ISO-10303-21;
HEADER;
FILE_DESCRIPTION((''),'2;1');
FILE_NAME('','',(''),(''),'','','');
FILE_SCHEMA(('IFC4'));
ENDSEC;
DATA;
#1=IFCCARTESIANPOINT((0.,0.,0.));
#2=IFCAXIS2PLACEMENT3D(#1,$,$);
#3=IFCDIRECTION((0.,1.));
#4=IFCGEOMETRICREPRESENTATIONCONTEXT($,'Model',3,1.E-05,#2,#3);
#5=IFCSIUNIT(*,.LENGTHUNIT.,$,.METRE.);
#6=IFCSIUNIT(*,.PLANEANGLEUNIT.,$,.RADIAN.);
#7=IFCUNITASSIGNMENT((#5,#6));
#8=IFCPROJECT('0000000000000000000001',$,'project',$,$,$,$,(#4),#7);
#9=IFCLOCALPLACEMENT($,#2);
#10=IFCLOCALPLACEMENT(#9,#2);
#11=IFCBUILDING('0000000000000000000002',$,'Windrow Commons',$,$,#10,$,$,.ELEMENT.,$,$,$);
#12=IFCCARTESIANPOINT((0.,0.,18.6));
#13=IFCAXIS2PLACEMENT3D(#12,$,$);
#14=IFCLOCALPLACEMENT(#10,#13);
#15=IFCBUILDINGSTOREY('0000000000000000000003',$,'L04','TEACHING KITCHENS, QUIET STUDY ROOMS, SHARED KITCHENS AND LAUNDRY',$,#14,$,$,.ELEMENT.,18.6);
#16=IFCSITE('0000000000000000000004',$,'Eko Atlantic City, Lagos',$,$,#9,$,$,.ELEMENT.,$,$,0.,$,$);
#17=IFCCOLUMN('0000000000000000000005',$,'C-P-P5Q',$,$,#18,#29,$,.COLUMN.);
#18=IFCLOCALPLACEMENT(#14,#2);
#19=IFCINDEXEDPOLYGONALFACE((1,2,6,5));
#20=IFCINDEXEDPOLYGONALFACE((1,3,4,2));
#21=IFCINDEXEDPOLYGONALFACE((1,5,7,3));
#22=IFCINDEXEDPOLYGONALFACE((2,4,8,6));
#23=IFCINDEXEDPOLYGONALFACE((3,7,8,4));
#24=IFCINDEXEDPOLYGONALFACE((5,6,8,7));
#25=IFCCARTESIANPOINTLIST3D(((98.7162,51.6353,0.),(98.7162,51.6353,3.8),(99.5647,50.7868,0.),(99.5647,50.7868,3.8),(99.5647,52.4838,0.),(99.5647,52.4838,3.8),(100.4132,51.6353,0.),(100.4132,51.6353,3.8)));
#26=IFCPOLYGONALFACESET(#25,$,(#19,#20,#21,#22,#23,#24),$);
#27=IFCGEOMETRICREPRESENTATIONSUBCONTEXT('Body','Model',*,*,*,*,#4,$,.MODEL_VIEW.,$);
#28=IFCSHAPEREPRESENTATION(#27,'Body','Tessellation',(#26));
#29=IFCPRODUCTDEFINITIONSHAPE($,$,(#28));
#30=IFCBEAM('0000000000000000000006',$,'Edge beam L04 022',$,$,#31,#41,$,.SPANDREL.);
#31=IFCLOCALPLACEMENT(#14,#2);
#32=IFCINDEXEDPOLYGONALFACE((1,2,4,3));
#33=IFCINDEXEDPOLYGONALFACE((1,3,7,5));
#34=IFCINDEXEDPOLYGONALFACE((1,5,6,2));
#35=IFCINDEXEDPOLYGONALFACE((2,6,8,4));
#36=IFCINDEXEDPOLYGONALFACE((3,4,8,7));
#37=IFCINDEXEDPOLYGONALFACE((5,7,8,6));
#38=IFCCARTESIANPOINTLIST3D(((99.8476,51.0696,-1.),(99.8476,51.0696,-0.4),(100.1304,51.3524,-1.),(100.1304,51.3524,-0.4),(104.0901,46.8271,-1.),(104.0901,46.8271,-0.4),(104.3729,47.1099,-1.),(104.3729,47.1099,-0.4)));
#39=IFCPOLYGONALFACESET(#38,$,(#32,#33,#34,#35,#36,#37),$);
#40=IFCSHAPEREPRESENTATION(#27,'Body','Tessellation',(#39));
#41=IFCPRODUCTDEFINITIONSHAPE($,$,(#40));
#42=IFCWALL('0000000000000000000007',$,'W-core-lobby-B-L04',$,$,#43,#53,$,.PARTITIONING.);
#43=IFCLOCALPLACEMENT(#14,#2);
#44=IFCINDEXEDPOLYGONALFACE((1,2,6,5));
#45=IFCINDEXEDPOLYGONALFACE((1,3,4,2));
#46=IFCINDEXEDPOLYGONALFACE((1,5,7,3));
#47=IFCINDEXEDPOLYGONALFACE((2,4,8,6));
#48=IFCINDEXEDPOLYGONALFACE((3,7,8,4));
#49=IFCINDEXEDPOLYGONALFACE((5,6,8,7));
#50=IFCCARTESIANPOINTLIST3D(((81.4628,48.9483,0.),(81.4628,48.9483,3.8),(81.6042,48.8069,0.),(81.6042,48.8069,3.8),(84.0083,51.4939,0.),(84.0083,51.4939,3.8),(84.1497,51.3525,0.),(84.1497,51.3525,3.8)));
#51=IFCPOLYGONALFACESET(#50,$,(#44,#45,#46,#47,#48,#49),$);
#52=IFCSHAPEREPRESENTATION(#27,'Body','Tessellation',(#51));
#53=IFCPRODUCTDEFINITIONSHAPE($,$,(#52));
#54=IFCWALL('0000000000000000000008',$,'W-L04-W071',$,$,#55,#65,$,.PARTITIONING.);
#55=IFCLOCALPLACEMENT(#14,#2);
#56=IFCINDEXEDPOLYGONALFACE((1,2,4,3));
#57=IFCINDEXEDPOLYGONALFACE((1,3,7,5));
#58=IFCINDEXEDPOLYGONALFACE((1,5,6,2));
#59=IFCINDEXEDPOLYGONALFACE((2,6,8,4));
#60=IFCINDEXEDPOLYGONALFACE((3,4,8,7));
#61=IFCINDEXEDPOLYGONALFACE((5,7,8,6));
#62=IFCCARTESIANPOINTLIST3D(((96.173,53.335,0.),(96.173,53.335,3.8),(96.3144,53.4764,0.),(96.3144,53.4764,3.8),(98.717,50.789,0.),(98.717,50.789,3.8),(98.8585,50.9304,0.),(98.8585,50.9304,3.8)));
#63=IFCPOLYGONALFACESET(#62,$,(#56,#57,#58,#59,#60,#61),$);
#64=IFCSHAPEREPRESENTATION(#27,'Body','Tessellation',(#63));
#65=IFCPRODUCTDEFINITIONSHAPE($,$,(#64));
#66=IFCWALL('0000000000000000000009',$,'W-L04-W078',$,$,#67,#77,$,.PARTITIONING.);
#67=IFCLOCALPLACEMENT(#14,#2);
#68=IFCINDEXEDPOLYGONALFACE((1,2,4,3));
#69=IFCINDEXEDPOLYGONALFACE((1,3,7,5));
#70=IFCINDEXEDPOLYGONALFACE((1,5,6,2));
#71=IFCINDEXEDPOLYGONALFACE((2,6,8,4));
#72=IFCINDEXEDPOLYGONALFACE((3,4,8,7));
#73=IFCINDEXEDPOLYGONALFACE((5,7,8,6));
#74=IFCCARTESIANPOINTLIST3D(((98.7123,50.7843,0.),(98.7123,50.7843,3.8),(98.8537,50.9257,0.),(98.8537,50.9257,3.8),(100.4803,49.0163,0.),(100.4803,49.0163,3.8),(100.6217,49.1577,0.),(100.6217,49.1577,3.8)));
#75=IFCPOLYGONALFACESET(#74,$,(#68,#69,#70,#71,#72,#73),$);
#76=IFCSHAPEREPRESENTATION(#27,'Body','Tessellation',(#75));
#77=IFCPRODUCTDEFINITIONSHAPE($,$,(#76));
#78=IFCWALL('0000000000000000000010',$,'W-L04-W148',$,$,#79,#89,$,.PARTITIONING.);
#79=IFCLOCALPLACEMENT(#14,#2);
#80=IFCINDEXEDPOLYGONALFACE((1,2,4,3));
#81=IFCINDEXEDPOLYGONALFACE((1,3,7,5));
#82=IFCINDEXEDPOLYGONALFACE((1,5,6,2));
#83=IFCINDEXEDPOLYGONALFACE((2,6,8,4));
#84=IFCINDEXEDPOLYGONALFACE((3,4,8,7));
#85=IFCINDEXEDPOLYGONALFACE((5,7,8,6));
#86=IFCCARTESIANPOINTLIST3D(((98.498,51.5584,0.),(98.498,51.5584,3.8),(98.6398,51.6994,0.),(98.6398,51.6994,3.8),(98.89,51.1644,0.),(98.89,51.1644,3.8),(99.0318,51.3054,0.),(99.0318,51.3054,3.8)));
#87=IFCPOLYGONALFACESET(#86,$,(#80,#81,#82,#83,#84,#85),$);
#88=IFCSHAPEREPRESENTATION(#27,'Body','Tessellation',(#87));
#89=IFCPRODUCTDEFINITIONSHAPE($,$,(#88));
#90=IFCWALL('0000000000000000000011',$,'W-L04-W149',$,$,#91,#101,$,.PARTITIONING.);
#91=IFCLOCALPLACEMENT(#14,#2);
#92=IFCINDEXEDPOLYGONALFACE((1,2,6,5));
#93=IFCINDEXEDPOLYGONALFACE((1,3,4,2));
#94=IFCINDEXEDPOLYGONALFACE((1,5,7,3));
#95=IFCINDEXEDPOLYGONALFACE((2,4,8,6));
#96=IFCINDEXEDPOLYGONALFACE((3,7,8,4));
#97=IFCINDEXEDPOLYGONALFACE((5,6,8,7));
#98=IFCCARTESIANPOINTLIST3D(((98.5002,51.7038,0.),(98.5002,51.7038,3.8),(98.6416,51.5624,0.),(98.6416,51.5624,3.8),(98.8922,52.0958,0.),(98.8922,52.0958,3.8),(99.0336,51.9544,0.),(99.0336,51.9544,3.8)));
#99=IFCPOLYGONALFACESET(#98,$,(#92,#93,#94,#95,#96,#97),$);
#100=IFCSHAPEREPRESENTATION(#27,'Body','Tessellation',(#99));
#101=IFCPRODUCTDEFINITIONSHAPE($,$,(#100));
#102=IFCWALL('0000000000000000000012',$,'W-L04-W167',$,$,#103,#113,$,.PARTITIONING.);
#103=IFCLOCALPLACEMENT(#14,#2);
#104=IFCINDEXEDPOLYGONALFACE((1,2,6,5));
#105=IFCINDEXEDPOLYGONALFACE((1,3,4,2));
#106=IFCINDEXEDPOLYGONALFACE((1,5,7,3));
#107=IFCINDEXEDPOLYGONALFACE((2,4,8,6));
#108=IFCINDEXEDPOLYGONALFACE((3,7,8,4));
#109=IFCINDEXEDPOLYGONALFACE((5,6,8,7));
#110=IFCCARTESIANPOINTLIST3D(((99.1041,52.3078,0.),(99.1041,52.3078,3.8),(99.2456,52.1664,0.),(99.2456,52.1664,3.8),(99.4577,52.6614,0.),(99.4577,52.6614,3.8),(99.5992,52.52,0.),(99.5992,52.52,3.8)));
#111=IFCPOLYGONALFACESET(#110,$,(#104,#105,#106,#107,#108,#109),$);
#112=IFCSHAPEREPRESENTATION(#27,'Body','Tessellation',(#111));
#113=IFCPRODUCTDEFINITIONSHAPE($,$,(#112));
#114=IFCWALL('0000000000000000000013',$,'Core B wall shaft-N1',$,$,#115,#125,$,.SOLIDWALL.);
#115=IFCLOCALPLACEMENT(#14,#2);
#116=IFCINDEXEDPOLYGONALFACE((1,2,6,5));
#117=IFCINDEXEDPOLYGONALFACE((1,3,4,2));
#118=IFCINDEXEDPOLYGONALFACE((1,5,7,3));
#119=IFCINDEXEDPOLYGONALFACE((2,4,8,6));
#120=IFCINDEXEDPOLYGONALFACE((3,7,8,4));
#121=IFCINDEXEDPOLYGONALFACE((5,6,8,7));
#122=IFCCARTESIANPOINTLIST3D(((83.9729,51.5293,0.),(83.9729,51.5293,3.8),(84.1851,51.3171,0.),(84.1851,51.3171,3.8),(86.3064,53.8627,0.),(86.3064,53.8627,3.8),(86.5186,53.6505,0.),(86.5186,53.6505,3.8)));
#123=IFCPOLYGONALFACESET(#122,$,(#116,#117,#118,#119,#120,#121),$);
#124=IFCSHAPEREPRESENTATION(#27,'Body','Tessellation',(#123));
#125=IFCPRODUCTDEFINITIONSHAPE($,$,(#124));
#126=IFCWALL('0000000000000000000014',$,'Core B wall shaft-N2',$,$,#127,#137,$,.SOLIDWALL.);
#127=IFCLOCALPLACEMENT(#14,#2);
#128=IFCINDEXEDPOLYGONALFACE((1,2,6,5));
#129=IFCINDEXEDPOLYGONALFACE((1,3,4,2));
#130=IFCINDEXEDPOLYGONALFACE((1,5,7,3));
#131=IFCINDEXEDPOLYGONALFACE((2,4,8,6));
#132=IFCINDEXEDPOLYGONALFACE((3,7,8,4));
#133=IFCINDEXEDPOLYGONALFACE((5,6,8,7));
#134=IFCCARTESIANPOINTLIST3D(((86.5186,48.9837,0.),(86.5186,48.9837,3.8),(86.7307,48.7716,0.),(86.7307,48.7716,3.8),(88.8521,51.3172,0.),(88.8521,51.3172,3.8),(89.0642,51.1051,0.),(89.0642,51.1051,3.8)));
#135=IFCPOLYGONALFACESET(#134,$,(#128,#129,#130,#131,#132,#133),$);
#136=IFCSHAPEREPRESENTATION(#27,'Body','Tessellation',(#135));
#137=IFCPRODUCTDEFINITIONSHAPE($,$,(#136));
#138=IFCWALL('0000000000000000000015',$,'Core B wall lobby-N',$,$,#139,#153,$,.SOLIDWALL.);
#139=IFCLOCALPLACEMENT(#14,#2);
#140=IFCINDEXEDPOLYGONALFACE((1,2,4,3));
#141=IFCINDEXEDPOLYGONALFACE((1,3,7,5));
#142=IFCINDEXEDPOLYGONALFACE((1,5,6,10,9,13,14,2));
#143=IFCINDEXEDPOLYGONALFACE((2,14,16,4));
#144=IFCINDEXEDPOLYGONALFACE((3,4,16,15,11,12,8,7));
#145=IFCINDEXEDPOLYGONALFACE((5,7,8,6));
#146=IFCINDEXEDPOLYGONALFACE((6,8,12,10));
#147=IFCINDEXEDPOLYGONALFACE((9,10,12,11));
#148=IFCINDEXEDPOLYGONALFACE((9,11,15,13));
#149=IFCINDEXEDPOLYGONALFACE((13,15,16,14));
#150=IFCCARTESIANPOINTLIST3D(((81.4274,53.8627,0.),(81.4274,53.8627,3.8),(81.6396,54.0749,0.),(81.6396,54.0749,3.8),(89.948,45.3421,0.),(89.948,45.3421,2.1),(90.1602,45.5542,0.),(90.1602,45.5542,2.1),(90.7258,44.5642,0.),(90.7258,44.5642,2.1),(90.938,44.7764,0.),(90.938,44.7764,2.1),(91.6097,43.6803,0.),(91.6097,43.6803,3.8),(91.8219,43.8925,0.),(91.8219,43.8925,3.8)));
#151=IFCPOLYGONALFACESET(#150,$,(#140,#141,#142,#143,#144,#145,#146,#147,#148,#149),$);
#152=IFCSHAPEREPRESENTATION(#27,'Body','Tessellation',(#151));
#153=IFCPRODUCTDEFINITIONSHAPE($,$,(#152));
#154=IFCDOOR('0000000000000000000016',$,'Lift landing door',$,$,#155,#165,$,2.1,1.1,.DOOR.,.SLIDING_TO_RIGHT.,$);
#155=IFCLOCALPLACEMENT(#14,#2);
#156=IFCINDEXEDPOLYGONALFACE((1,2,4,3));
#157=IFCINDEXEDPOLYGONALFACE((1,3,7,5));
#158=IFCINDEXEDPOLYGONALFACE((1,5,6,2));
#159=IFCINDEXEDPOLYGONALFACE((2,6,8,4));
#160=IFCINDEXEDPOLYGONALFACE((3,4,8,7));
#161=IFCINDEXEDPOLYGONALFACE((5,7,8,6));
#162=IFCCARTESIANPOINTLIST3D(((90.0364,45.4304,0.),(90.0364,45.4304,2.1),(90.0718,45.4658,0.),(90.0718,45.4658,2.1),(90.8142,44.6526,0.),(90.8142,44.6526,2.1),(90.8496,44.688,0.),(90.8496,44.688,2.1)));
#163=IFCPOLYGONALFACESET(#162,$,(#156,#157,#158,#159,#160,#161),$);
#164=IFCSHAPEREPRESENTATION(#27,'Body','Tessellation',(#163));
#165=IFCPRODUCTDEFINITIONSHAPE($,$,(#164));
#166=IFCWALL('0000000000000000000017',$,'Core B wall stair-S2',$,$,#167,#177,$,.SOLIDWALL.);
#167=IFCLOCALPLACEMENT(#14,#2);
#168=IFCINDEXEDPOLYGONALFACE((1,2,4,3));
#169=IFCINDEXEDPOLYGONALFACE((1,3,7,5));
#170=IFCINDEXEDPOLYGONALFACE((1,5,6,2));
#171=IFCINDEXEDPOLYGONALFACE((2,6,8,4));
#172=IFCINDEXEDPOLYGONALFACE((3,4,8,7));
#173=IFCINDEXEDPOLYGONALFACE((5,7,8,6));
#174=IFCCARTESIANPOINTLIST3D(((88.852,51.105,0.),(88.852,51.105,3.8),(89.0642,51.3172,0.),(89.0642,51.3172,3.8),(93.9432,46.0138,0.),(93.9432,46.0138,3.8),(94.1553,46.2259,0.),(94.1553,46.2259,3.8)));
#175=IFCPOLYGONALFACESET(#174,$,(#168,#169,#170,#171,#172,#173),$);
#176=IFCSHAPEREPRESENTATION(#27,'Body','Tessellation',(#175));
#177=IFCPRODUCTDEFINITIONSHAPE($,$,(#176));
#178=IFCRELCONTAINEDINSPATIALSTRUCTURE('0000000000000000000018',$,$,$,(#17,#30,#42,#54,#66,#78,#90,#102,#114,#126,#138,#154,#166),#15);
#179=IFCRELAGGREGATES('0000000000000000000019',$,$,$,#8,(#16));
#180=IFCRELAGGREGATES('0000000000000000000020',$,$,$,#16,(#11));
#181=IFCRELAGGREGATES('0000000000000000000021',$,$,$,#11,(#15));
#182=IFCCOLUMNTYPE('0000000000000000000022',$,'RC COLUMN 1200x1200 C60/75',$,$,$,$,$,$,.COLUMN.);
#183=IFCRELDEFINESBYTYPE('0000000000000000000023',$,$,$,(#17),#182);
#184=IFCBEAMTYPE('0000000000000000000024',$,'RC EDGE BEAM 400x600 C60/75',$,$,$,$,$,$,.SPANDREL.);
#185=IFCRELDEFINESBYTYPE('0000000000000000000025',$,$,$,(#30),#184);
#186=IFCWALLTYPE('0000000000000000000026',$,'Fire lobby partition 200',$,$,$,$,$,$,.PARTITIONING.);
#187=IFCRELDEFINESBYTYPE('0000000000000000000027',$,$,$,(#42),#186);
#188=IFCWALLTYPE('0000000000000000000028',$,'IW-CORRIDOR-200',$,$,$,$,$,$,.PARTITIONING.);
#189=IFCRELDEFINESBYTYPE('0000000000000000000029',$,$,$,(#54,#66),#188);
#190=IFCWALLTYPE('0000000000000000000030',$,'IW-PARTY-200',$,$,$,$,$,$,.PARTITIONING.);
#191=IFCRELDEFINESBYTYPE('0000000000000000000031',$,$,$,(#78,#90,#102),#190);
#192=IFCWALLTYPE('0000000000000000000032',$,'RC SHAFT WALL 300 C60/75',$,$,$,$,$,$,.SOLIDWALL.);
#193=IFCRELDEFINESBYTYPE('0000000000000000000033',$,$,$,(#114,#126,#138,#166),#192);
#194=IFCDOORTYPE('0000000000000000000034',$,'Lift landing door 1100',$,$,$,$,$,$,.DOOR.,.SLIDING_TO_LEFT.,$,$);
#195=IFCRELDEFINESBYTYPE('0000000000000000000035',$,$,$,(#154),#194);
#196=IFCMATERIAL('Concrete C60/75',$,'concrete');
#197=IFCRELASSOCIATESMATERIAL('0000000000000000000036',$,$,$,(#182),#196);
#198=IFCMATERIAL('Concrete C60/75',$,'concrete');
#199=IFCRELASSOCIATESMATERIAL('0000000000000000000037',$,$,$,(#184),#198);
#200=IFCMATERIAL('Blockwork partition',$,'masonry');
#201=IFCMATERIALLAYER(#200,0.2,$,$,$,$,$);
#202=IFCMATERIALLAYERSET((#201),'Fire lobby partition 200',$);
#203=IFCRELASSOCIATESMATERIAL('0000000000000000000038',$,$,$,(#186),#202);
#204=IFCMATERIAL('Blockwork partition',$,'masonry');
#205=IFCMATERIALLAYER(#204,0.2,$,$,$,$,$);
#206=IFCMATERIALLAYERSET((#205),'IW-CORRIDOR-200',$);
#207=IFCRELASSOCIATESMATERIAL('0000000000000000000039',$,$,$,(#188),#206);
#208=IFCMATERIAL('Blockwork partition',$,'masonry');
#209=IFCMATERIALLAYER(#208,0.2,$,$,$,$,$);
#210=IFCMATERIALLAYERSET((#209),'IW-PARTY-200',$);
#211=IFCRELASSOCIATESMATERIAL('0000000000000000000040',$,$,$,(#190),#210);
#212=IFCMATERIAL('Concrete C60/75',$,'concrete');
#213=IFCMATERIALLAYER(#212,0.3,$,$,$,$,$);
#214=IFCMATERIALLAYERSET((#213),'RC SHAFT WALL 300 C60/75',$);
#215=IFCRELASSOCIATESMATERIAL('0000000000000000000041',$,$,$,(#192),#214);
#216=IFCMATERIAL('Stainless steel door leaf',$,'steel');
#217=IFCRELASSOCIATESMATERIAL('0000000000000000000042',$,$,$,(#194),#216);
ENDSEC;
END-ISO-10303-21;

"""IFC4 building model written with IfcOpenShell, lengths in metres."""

from ifc_helpers import new_model, si_unit, direction, frame, frame_2d, origin, origin_2d, place, context, subcontext, project, spatial, rectangle, extrude, material, layer, layer_set, material_profile, profile_set, type_object, element, fill, save


model = new_model("IFC4")

# Units and contexts
model_context = context("Model", 3, precision=1e-05, world=origin(), true_north=direction((0.0, 1.0)))
body_context = subcontext(model_context, "Body", "Model", "MODEL_VIEW")
ifc_project = project(units=[si_unit("LENGTHUNIT", "METRE"), si_unit("PLANEANGLEUNIT", "RADIAN")], contexts=[model_context])

# Site, building, storey
site_placement = place(None, origin())
site = spatial("IfcSite", under=ifc_project, at=site_placement, Name="Eko Atlantic City, Lagos", CompositionType="ELEMENT", RefElevation=0.0)
building_placement = place(site_placement, origin())
building = spatial("IfcBuilding", under=site, at=building_placement, Name="Windrow Commons", CompositionType="ELEMENT")
storey_placement = place(building_placement, frame((0.0, 0.0, 18.6)))
storey = spatial("IfcBuildingStorey", under=building, at=storey_placement, Name="L04", Description="TEACHING KITCHENS, QUIET STUDY ROOMS, SHARED KITCHENS AND LAUNDRY", CompositionType="ELEMENT", Elevation=18.6)

# Column
ifc_material_1 = material(Name="Concrete C60/75", Category="concrete")
ifc_material_profile_1 = material_profile(ifc_material_1, rectangle(XDim=1.2, YDim=1.2, at=origin_2d()))
ifc_profile_set_1 = profile_set([ifc_material_profile_1], Name="Concrete C60/75")
column_type = type_object("IfcColumnType", Name="RC COLUMN 1200x1200 C60/75", PredefinedType="COLUMN", material=ifc_profile_set_1)
column_placement = place(storey_placement, frame((99.5647, 51.6353, 0.0), z_axis=(0.0, 0.0, 1.0), x_axis=(0.707107, -0.707107, 0.0)))
element("IfcColumn", 1, at=column_placement, inside=storey, type_object=column_type, Name="C-P-P5Q", PredefinedType="COLUMN", context=body_context, shape_type="SweptSolid", body=[
    extrude(rectangle(XDim=1.2, YDim=1.2, at=origin_2d()), origin(), (0.0, 0.0, 1.0), 3.8),
])

# Beam
ifc_material_2 = material(Name="Concrete C60/75", Category="concrete")
ifc_material_profile_2 = material_profile(ifc_material_2, rectangle(XDim=0.4, YDim=0.6, at=origin_2d()))
ifc_profile_set_2 = profile_set([ifc_material_profile_2], Name="Concrete C60/75")
beam_type = type_object("IfcBeamType", Name="RC EDGE BEAM 400x600 C60/75", PredefinedType="SPANDREL", material=ifc_profile_set_2)
beam_placement = place(storey_placement, frame((99.989, 51.211, -0.7), z_axis=(0.707107, -0.707107, 0.0), x_axis=(0.707107, 0.707107, 0.0)))
element("IfcBeam", 2, at=beam_placement, inside=storey, type_object=beam_type, Name="Edge beam L04 022", PredefinedType="SPANDREL", context=body_context, shape_type="SweptSolid", body=[
    extrude(rectangle(XDim=0.4, YDim=0.6, at=origin_2d()), origin(), (0.0, 0.0, 1.0), 5.9998),
])

# Walls
ifc_material_3 = material(Name="Blockwork partition", Category="masonry")
ifc_layer_1 = layer(ifc_material_3, 0.2)
ifc_layer_set_1 = layer_set([ifc_layer_1], Name="Fire lobby partition 200")
wall_type_1 = type_object("IfcWallType", Name="Fire lobby partition 200", PredefinedType="PARTITIONING", material=ifc_layer_set_1)
wall_1_placement = place(storey_placement, frame((81.5335, 48.8776, 0.0), z_axis=(0.0, 0.0, 1.0), x_axis=(0.707093, 0.707121, 0.0)))
element("IfcWall", 3, at=wall_1_placement, inside=storey, type_object=wall_type_1, Name="W-core-lobby-B-L04", PredefinedType="PARTITIONING", context=body_context, shape_type="SweptSolid", body=[
    extrude(rectangle(XDim=3.6, YDim=0.2, at=frame_2d((1.8, 0.0))), origin(), (0.0, 0.0, 1.0), 3.8),
])
ifc_material_4 = material(Name="Blockwork partition", Category="masonry")
ifc_layer_2 = layer(ifc_material_4, 0.2)
ifc_layer_set_2 = layer_set([ifc_layer_2], Name="IW-CORRIDOR-200")
wall_type_2 = type_object("IfcWallType", Name="IW-CORRIDOR-200", PredefinedType="PARTITIONING", material=ifc_layer_set_2)
wall_2_placement = place(storey_placement, frame((96.2437, 53.4057, 0.0), z_axis=(0.0, 0.0, 1.0), x_axis=(0.706829, -0.707385, 0.0)))
element("IfcWall", 4, at=wall_2_placement, inside=storey, type_object=wall_type_2, Name="W-L04-W071", PredefinedType="PARTITIONING", context=body_context, shape_type="SweptSolid", body=[
    extrude(rectangle(XDim=3.5992, YDim=0.2, at=frame_2d((1.7996, 0.0))), origin(), (0.0, 0.0, 1.0), 3.8),
])
wall_3_placement = place(storey_placement, frame((98.783, 50.855, 0.0), z_axis=(0.0, 0.0, 1.0), x_axis=(0.707107, -0.707107, 0.0)))
element("IfcWall", 5, at=wall_3_placement, inside=storey, type_object=wall_type_2, Name="W-L04-W078", PredefinedType="PARTITIONING", context=body_context, shape_type="SweptSolid", body=[
    extrude(rectangle(XDim=2.5003, YDim=0.2, at=frame_2d((1.2502, 0.0))), origin(), (0.0, 0.0, 1.0), 3.8),
])
ifc_material_5 = material(Name="Blockwork partition", Category="masonry")
ifc_layer_3 = layer(ifc_material_5, 0.2)
ifc_layer_set_3 = layer_set([ifc_layer_3], Name="IW-PARTY-200")
wall_type_3 = type_object("IfcWallType", Name="IW-PARTY-200", PredefinedType="PARTITIONING", material=ifc_layer_set_3)
wall_4_placement = place(storey_placement, frame((98.5689, 51.6289, 0.0), z_axis=(0.0, 0.0, 1.0), x_axis=(0.705305, -0.708904, 0.0)))
element("IfcWall", 6, at=wall_4_placement, inside=storey, type_object=wall_type_3, Name="W-L04-W148", PredefinedType="PARTITIONING", context=body_context, shape_type="SweptSolid", body=[
    extrude(rectangle(XDim=0.5558, YDim=0.2, at=frame_2d((0.2779, 0.0))), origin(), (0.0, 0.0, 1.0), 3.8),
])
wall_5_placement = place(storey_placement, frame((98.5709, 51.6331, 0.0), z_axis=(0.0, 0.0, 1.0), x_axis=(0.707107, 0.707107, 0.0)))
element("IfcWall", 7, at=wall_5_placement, inside=storey, type_object=wall_type_3, Name="W-L04-W149", PredefinedType="PARTITIONING", context=body_context, shape_type="SweptSolid", body=[
    extrude(rectangle(XDim=0.5544, YDim=0.2, at=frame_2d((0.2772, 0.0))), origin(), (0.0, 0.0, 1.0), 3.8),
])
wall_6_placement = place(storey_placement, frame((99.1749, 52.2371, 0.0), z_axis=(0.0, 0.0, 1.0), x_axis=(0.707007, 0.707207, 0.0)))
element("IfcWall", 8, at=wall_6_placement, inside=storey, type_object=wall_type_3, Name="W-L04-W167", PredefinedType="PARTITIONING", context=body_context, shape_type="SweptSolid", body=[
    extrude(rectangle(XDim=0.5001, YDim=0.2, at=frame_2d((0.25, 0.0))), origin(), (0.0, 0.0, 1.0), 3.8),
])
ifc_material_6 = material(Name="Concrete C60/75", Category="concrete")
ifc_layer_4 = layer(ifc_material_6, 0.3)
ifc_layer_set_4 = layer_set([ifc_layer_4], Name="RC SHAFT WALL 300 C60/75")
wall_type_4 = type_object("IfcWallType", Name="RC SHAFT WALL 300 C60/75", PredefinedType="SOLIDWALL", material=ifc_layer_set_4)
wall_7_placement = place(storey_placement, frame((84.079, 51.4232, 0.0), z_axis=(0.0, 0.0, 1.0), x_axis=(0.707122, 0.707092, 0.0)))
element("IfcWall", 9, at=wall_7_placement, inside=storey, type_object=wall_type_4, Name="Core B wall shaft-N1", PredefinedType="SOLIDWALL", context=body_context, shape_type="SweptSolid", body=[
    extrude(rectangle(XDim=3.3, YDim=0.3, at=frame_2d((1.65, 0.0))), origin(), (0.0, 0.0, 1.0), 3.8),
])
wall_8_placement = place(storey_placement, frame((86.6246, 48.8776, 0.0), z_axis=(0.0, 0.0, 1.0), x_axis=(0.707107, 0.707107, 0.0)))
element("IfcWall", 10, at=wall_8_placement, inside=storey, type_object=wall_type_4, Name="Core B wall shaft-N2", PredefinedType="SOLIDWALL", context=body_context, shape_type="SweptSolid", body=[
    extrude(rectangle(XDim=3.3001, YDim=0.3, at=frame_2d((1.6501, 0.0))), origin(), (0.0, 0.0, 1.0), 3.8),
])

# Wall, opening, door
wall_9_placement = place(storey_placement, frame((81.5335, 53.9688, 0.0), z_axis=(0.0, 0.0, 1.0), x_axis=(0.707103, -0.70711, 0.0)))
wall_9 = element("IfcWall", 11, at=wall_9_placement, inside=storey, type_object=wall_type_4, Name="Core B wall lobby-N", PredefinedType="SOLIDWALL", context=body_context, shape_type="SweptSolid", body=[
    extrude(rectangle(XDim=14.4, YDim=0.3, at=frame_2d((7.2, 0.0))), origin(), (0.0, 0.0, 1.0), 3.8),
])
opening_placement = place(wall_9_placement, frame((12.05, 0.0, 0.0)))
opening = element("IfcOpeningElement", 12, at=opening_placement, cuts=wall_9, PredefinedType="OPENING", context=body_context, shape_type="SweptSolid", body=[
    extrude(rectangle(XDim=1.1, YDim=2.1, at=frame_2d((0.55, 1.05))), frame((0.0, 0.16, 0.0), z_axis=(0.0, -1.0, 0.0), x_axis=(1.0, 0.0, 0.0)), (0.0, 0.0, 1.0), 0.32),
])
ifc_material_7 = material(Name="Stainless steel door leaf", Category="steel")
door_type = type_object("IfcDoorType", Name="Lift landing door 1100", OperationType="SLIDING_TO_LEFT", PredefinedType="DOOR", material=ifc_material_7)
door_placement = place(opening_placement, origin())
door = element("IfcDoor", 13, at=door_placement, inside=storey, type_object=door_type, Name="Lift landing door", OperationType="SLIDING_TO_RIGHT", OverallHeight=2.1, OverallWidth=1.1, PredefinedType="DOOR", context=body_context, shape_type="SweptSolid", body=[
    extrude(rectangle(XDim=1.1, YDim=2.1, at=frame_2d((0.55, 1.05))), frame((0.0, 0.025, 0.0), z_axis=(0.0, -1.0, 0.0), x_axis=(1.0, 0.0, 0.0)), (0.0, 0.0, 1.0), 0.05),
])
fill(opening, door)

# Wall
wall_10_placement = place(storey_placement, frame((88.9581, 51.2111, 0.0), z_axis=(0.0, 0.0, 1.0), x_axis=(0.7071, -0.707114, 0.0)))
element("IfcWall", 14, at=wall_10_placement, inside=storey, type_object=wall_type_4, Name="Core B wall stair-S2", PredefinedType="SOLIDWALL", context=body_context, shape_type="SweptSolid", body=[
    extrude(rectangle(XDim=7.2, YDim=0.3, at=frame_2d((3.6, 0.0))), origin(), (0.0, 0.0, 1.0), 3.8),
])

save(model, "model.ifc")
